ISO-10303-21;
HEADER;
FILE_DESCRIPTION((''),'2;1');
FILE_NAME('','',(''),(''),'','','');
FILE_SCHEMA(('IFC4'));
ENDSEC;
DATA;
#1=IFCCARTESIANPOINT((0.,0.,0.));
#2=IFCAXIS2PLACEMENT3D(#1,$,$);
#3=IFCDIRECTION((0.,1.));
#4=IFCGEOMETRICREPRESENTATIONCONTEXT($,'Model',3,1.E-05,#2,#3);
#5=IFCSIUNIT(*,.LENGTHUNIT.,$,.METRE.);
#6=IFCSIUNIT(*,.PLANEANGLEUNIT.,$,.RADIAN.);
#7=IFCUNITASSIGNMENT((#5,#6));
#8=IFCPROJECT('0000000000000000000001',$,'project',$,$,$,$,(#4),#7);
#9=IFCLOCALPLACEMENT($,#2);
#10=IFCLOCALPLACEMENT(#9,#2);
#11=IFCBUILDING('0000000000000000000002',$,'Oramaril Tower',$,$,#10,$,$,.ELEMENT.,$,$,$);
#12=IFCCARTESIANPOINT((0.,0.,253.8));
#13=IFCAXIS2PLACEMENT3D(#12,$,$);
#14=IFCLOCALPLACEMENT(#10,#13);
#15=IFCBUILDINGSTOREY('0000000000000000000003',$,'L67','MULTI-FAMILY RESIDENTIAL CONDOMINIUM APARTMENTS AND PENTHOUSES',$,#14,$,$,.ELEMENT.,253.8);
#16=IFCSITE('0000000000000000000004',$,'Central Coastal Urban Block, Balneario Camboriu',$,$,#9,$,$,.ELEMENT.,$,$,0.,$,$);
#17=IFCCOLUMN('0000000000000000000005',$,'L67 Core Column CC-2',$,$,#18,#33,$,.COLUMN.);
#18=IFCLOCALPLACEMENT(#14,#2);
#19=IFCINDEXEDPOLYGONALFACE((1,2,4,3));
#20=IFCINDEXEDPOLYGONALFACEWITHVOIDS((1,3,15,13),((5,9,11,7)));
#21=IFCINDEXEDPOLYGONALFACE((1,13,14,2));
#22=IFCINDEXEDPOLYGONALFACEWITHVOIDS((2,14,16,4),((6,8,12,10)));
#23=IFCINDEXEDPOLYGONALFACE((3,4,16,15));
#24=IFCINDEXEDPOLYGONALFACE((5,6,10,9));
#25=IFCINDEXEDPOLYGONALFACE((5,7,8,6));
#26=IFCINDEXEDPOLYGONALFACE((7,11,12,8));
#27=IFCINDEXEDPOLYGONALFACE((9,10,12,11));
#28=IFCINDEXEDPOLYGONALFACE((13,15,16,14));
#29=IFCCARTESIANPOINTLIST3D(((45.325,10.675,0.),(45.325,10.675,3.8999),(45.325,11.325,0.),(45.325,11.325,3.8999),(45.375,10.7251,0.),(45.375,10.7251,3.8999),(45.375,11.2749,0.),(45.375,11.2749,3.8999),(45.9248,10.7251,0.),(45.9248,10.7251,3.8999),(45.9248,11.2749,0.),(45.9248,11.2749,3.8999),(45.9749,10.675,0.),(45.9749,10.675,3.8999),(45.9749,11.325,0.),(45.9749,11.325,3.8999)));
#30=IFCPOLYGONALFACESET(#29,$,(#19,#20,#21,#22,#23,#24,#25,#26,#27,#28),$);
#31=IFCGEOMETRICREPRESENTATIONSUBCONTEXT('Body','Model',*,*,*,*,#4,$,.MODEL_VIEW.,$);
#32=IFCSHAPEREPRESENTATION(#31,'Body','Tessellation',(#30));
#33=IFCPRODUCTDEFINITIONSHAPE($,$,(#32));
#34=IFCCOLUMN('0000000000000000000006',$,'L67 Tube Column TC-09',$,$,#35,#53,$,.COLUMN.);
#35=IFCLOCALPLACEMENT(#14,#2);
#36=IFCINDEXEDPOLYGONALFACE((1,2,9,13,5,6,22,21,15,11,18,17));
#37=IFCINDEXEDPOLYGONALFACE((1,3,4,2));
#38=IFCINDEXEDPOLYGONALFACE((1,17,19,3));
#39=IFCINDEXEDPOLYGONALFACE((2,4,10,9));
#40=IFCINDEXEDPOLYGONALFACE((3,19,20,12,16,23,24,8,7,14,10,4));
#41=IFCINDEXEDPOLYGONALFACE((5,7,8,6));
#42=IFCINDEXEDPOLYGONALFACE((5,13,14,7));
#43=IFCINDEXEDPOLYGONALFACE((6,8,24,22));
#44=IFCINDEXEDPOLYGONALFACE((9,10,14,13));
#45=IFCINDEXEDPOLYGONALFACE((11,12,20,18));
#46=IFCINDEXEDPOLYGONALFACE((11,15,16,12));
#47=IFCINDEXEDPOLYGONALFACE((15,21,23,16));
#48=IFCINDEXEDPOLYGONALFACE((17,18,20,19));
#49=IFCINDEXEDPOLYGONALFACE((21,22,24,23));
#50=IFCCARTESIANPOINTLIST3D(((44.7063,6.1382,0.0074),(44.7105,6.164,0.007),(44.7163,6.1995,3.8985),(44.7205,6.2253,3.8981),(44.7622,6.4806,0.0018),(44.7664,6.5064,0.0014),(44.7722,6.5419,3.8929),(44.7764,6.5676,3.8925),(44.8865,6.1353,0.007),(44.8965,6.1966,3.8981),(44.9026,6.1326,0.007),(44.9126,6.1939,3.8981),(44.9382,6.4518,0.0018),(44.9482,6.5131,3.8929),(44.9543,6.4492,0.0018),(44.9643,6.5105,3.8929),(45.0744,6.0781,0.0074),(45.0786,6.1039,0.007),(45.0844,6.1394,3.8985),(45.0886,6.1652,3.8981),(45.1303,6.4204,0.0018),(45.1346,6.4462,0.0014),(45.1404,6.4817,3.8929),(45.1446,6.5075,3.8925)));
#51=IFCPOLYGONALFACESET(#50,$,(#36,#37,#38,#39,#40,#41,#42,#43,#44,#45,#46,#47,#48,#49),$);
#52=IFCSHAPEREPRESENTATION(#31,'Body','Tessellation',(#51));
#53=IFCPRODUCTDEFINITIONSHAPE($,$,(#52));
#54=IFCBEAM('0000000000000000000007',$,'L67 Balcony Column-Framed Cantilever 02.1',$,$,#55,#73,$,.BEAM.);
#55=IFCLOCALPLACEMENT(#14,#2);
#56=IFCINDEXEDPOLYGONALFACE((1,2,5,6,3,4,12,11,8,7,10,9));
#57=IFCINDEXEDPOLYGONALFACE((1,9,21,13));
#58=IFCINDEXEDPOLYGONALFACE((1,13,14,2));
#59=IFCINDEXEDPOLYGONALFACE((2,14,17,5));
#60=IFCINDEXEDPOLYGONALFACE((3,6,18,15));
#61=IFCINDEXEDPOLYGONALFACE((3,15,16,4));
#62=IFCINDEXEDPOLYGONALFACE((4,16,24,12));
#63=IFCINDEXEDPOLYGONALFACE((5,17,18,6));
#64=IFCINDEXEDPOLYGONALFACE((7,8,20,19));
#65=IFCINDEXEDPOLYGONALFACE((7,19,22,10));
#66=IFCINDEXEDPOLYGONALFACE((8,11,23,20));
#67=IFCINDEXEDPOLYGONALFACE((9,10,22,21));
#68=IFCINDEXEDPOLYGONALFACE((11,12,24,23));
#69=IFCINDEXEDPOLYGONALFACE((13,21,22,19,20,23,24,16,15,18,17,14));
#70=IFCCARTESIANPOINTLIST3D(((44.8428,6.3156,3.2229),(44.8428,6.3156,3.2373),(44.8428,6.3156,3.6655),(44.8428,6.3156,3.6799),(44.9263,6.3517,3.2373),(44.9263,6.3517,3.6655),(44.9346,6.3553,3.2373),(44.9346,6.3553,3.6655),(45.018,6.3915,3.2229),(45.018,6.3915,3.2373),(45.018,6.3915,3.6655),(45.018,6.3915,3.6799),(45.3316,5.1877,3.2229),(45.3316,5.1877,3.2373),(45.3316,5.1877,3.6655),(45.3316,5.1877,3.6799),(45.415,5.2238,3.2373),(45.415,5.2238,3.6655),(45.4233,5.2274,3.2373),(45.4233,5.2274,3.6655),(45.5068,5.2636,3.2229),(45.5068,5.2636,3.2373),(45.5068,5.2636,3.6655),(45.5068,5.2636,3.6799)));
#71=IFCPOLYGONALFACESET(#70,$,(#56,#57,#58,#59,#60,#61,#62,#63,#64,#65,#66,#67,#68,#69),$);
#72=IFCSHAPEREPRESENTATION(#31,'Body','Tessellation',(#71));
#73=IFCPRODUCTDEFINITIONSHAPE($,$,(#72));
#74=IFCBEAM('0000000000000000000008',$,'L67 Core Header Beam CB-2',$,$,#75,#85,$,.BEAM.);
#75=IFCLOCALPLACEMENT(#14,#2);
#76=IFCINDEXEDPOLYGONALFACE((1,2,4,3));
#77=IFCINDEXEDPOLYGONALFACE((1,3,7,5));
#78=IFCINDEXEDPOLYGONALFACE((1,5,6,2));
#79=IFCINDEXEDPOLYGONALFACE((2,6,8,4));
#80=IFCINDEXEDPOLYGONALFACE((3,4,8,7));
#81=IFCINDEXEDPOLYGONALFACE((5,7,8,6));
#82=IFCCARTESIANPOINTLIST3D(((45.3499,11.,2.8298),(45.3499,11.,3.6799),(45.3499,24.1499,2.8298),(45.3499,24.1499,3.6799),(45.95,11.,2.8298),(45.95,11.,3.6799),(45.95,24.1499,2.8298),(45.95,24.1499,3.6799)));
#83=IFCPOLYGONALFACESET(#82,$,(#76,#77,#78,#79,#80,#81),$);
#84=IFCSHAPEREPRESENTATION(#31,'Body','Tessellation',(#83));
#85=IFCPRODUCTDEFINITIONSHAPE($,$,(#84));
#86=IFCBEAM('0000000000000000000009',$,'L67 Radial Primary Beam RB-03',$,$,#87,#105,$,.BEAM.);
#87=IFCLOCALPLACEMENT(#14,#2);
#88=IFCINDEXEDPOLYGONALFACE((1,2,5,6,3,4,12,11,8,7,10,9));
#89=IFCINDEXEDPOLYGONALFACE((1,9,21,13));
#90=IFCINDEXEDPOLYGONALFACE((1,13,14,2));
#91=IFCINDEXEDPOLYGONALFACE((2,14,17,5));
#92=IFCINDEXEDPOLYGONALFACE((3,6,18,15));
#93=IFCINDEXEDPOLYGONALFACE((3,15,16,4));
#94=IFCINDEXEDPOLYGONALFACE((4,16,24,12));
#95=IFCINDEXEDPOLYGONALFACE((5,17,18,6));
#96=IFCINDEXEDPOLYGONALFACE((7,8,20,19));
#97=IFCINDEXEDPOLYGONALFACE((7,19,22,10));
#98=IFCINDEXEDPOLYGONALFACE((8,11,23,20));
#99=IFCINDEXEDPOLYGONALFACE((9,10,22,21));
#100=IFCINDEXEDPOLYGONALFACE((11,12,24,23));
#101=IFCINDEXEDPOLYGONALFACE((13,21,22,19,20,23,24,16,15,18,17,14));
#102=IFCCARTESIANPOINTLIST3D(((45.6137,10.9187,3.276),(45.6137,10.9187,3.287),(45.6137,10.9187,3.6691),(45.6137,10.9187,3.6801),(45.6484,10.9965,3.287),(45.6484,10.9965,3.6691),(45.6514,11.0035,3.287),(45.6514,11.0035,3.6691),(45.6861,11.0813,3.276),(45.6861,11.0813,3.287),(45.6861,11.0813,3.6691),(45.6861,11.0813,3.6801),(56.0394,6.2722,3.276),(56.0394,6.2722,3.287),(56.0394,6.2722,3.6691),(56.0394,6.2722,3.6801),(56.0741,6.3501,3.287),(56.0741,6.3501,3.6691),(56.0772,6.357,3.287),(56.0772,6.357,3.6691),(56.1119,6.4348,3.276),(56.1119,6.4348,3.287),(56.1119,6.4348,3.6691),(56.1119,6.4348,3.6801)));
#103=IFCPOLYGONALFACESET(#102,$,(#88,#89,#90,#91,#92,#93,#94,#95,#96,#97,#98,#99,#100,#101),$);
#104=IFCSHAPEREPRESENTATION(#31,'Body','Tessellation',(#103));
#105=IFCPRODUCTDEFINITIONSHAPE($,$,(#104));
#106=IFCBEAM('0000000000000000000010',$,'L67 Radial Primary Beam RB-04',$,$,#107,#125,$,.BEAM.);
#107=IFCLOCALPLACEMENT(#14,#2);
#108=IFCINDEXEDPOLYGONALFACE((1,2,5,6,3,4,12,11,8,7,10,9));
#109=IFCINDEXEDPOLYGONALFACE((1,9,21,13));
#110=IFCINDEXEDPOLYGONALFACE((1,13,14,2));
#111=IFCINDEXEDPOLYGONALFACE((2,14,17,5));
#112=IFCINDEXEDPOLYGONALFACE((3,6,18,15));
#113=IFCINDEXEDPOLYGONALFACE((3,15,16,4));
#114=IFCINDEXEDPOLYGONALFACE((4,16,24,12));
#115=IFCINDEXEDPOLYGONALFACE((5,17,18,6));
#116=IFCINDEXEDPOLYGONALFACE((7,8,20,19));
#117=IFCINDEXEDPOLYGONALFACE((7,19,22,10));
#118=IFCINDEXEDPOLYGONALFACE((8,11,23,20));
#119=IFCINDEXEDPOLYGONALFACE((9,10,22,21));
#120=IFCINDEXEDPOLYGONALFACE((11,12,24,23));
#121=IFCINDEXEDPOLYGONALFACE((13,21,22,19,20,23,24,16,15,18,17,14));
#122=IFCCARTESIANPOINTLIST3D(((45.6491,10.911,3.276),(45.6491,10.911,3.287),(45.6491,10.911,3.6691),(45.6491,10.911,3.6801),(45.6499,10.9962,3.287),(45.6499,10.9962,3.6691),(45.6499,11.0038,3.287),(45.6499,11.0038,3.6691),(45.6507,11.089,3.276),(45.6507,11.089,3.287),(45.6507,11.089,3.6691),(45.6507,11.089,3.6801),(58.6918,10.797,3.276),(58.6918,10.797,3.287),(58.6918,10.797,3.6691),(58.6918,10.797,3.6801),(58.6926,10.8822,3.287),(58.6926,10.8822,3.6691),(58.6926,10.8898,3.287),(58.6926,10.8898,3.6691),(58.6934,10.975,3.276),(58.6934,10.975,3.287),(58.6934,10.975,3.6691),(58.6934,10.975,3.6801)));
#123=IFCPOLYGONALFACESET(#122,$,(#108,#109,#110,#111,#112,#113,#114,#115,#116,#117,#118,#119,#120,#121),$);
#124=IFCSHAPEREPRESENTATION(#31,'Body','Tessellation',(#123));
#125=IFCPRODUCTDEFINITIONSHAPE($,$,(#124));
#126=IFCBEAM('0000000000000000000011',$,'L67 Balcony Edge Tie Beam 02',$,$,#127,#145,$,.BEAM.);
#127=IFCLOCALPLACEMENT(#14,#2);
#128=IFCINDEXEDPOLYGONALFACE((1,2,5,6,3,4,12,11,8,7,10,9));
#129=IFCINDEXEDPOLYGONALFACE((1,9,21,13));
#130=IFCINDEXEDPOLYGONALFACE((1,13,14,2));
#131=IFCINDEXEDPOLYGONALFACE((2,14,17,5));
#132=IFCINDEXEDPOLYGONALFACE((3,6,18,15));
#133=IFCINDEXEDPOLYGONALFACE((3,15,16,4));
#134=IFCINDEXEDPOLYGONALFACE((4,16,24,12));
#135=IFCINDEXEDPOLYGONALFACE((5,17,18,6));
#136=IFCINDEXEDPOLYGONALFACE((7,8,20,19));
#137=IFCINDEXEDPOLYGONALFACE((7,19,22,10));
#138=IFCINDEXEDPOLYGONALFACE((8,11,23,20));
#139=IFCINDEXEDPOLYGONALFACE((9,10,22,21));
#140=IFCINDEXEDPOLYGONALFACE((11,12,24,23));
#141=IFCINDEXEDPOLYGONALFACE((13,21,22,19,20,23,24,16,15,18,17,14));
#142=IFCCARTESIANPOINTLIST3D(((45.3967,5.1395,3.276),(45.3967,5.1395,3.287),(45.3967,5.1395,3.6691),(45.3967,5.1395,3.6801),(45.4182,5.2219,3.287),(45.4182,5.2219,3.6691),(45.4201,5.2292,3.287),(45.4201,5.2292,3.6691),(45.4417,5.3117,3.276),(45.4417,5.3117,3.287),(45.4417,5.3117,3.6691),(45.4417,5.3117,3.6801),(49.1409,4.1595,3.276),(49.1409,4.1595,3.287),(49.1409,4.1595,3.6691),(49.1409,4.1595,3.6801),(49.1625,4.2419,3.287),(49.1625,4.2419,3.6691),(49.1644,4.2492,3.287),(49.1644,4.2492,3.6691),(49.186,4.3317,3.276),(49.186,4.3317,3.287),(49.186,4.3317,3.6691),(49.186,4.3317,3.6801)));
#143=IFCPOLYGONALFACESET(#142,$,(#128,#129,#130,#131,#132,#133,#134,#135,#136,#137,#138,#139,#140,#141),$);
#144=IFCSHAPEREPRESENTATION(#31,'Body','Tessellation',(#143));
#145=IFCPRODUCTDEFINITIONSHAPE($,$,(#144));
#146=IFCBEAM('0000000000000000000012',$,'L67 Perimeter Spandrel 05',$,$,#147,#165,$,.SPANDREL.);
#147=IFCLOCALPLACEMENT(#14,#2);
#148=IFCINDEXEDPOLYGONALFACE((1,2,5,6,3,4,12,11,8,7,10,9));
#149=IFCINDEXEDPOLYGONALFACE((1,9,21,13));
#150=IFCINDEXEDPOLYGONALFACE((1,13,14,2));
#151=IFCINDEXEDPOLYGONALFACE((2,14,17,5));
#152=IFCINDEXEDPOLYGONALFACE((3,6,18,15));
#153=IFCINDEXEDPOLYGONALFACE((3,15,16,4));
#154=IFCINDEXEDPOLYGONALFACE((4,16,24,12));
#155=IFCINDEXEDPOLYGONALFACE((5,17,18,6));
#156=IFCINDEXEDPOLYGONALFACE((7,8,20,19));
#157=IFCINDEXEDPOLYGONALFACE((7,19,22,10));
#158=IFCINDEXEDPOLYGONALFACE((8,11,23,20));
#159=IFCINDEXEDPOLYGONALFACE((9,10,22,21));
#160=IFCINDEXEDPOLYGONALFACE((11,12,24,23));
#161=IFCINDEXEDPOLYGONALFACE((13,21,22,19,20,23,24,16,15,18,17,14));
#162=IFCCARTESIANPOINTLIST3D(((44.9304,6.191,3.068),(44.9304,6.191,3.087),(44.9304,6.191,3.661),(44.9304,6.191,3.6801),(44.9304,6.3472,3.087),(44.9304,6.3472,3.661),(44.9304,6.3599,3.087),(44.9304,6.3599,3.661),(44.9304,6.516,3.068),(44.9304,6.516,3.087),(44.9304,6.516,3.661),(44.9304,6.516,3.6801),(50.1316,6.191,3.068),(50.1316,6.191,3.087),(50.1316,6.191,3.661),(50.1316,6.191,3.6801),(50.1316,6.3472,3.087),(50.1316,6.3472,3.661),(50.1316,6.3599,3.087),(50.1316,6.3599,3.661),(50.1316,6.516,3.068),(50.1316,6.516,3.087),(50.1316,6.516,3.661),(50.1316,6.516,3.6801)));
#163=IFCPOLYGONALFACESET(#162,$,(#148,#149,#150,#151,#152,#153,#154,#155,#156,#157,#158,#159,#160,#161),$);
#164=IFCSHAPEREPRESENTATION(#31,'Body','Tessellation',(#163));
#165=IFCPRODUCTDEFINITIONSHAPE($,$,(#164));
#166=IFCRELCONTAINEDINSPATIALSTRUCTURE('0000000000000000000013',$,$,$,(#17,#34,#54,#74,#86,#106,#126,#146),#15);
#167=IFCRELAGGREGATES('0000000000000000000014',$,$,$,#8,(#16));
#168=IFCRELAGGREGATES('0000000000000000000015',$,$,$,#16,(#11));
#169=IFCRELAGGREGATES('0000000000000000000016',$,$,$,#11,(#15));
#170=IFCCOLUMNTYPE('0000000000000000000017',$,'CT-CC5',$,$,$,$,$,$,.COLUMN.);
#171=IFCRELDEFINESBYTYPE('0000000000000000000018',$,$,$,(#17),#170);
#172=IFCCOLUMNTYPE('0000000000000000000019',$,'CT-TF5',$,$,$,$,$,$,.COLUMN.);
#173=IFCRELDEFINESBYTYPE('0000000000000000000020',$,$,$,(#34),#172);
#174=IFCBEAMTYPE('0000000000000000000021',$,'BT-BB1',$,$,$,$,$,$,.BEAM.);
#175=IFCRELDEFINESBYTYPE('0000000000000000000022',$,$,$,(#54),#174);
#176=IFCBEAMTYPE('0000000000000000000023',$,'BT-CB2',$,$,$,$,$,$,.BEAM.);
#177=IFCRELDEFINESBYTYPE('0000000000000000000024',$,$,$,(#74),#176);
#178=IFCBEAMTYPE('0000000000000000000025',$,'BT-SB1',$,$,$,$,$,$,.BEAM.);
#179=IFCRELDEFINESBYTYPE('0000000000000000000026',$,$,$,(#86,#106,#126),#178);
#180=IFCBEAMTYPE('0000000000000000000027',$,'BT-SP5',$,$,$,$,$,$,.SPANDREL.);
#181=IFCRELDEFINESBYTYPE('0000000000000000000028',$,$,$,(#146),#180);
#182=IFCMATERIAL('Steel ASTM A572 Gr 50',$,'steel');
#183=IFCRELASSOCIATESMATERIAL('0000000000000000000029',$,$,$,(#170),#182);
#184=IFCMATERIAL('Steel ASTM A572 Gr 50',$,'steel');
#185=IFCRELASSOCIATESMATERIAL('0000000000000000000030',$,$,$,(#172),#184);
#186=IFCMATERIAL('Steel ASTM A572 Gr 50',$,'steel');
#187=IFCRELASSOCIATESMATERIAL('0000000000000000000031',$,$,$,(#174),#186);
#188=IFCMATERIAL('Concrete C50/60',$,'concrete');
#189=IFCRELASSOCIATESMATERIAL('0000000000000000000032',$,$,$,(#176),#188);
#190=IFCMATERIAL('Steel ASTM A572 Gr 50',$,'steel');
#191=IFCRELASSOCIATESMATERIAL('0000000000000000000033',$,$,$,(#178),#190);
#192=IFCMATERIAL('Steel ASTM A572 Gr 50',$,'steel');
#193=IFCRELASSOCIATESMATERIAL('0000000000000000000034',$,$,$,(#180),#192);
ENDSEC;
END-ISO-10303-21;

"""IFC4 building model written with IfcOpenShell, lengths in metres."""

from ifc_helpers import new_model, si_unit, direction, frame, origin, origin_2d, place, context, subcontext, project, spatial, rectangle, hollow_rectangle, i_section, extrude, material, material_profile, profile_set, type_object, element, save


model = new_model("IFC4")

# Units and contexts
model_context = context("Model", 3, precision=1e-05, world=origin(), true_north=direction((0.0, 1.0)))
body_context = subcontext(model_context, "Body", "Model", "MODEL_VIEW")
ifc_project = project(units=[si_unit("LENGTHUNIT", "METRE"), si_unit("PLANEANGLEUNIT", "RADIAN")], contexts=[model_context])

# Site, building, storey
site_placement = place(None, origin())
site = spatial("IfcSite", under=ifc_project, at=site_placement, Name="Central Coastal Urban Block, Balneario Camboriu", CompositionType="ELEMENT", RefElevation=0.0)
building_placement = place(site_placement, origin())
building = spatial("IfcBuilding", under=site, at=building_placement, Name="Oramaril Tower", CompositionType="ELEMENT")
storey_placement = place(building_placement, frame((0.0, 0.0, 253.8)))
storey = spatial("IfcBuildingStorey", under=building, at=storey_placement, Name="L67", Description="MULTI-FAMILY RESIDENTIAL CONDOMINIUM APARTMENTS AND PENTHOUSES", CompositionType="ELEMENT", Elevation=253.8)

# Columns
ifc_material_1 = material(Name="Steel ASTM A572 Gr 50", Category="steel")
ifc_material_profile_1 = material_profile(ifc_material_1, hollow_rectangle(XDim=0.6499, YDim=0.6499, WallThickness=0.05, at=origin_2d()), Name="BOX650X650X50")
ifc_profile_set_1 = profile_set([ifc_material_profile_1], Name="Steel ASTM A572 Gr 50")
column_type_1 = type_object("IfcColumnType", Name="CT-CC5", PredefinedType="COLUMN", material=ifc_profile_set_1)
column_1_placement = place(storey_placement, frame((45.6499, 11.0, 0.0), z_axis=(0.0, 0.0, 1.0), x_axis=(1.0, 0.0, 0.0)))
element("IfcColumn", 1, at=column_1_placement, inside=storey, type_object=column_type_1, Name="L67 Core Column CC-2", PredefinedType="COLUMN", context=body_context, shape_type="SweptSolid", body=[
    extrude(hollow_rectangle(XDim=0.6499, YDim=0.6499, WallThickness=0.05, at=origin_2d()), origin(), (0.0, 0.0, 1.0), 3.8999),
])
ifc_material_2 = material(Name="Steel ASTM A572 Gr 50", Category="steel")
ifc_material_profile_2 = material_profile(ifc_material_2, i_section(OverallWidth=0.373, OverallDepth=0.373, WebThickness=0.0164, FlangeThickness=0.0261, at=origin_2d()), Name="W14X132")
ifc_profile_set_2 = profile_set([ifc_material_profile_2], Name="Steel ASTM A572 Gr 50")
column_type_2 = type_object("IfcColumnType", Name="CT-TF5", PredefinedType="COLUMN", material=ifc_profile_set_2)
column_2_placement = place(storey_placement, frame((44.9204, 6.2922, 0.0044), z_axis=(0.002572, 0.015747, 0.999873), x_axis=(-0.98692, 0.16121, 0.0)))
element("IfcColumn", 2, at=column_2_placement, inside=storey, type_object=column_type_2, Name="L67 Tube Column TC-09", PredefinedType="COLUMN", context=body_context, shape_type="SweptSolid", body=[
    extrude(i_section(OverallWidth=0.373, OverallDepth=0.373, WebThickness=0.0164, FlangeThickness=0.0261, at=origin_2d()), origin(), (0.0, 0.0, 1.0), 3.8916),
])

# Beams
ifc_material_3 = material(Name="Steel ASTM A572 Gr 50", Category="steel")
ifc_material_profile_3 = material_profile(ifc_material_3, i_section(OverallWidth=0.1909, OverallDepth=0.457, WebThickness=0.009, FlangeThickness=0.0144, at=origin_2d()), Name="W18X50")
ifc_profile_set_3 = profile_set([ifc_material_profile_3], Name="Steel ASTM A572 Gr 50")
beam_type_1 = type_object("IfcBeamType", Name="BT-BB1", PredefinedType="BEAM", material=ifc_profile_set_3)
beam_1_placement = place(storey_placement, frame((44.9304, 6.3535, 3.4514), z_axis=(0.397607, -0.917556, 0.0), x_axis=(0.917556, 0.397607, 0.0)))
element("IfcBeam", 3, at=beam_1_placement, inside=storey, type_object=beam_type_1, Name="L67 Balcony Column-Framed Cantilever 02.1", PredefinedType="BEAM", context=body_context, shape_type="SweptSolid", body=[
    extrude(i_section(OverallWidth=0.1909, OverallDepth=0.457, WebThickness=0.009, FlangeThickness=0.0144, at=origin_2d()), origin(), (0.0, 0.0, 1.0), 1.2292),
])
ifc_material_4 = material(Name="Concrete C50/60", Category="concrete")
ifc_material_profile_4 = material_profile(ifc_material_4, rectangle(XDim=0.6001, YDim=0.8501, at=origin_2d()), Name="CB600X850")
ifc_profile_set_4 = profile_set([ifc_material_profile_4], Name="Concrete C50/60")
beam_type_2 = type_object("IfcBeamType", Name="BT-CB2", PredefinedType="BEAM", material=ifc_profile_set_4)
beam_2_placement = place(storey_placement, frame((45.6499, 11.0, 3.2549), z_axis=(0.0, 1.0, 0.0), x_axis=(-1.0, 0.0, 0.0)))
element("IfcBeam", 4, at=beam_2_placement, inside=storey, type_object=beam_type_2, Name="L67 Core Header Beam CB-2", PredefinedType="BEAM", context=body_context, shape_type="SweptSolid", body=[
    extrude(rectangle(XDim=0.6001, YDim=0.8501, at=origin_2d()), origin(), (0.0, 0.0, 1.0), 13.1499),
])
ifc_material_5 = material(Name="Steel ASTM A572 Gr 50", Category="steel")
ifc_material_profile_5 = material_profile(ifc_material_5, i_section(OverallWidth=0.178, OverallDepth=0.4041, WebThickness=0.0076, FlangeThickness=0.011, at=origin_2d()), Name="W16X36")
ifc_profile_set_5 = profile_set([ifc_material_profile_5], Name="Steel ASTM A572 Gr 50")
beam_type_3 = type_object("IfcBeamType", Name="BT-SB1", PredefinedType="BEAM", material=ifc_profile_set_5)
beam_3_placement = place(storey_placement, frame((45.6499, 11.0, 3.478), z_axis=(0.913395, -0.407075, 0.0), x_axis=(0.407075, 0.913395, 0.0)))
element("IfcBeam", 5, at=beam_3_placement, inside=storey, type_object=beam_type_3, Name="L67 Radial Primary Beam RB-03", PredefinedType="BEAM", context=body_context, shape_type="SweptSolid", body=[
    extrude(i_section(OverallWidth=0.178, OverallDepth=0.4041, WebThickness=0.0076, FlangeThickness=0.011, at=origin_2d()), origin(), (0.0, 0.0, 1.0), 11.4143),
])
beam_4_placement = place(storey_placement, frame((45.6499, 11.0, 3.478), z_axis=(0.999962, -0.008741, 0.0), x_axis=(0.008741, 0.999962, 0.0)))
element("IfcBeam", 6, at=beam_4_placement, inside=storey, type_object=beam_type_3, Name="L67 Radial Primary Beam RB-04", PredefinedType="BEAM", context=body_context, shape_type="SweptSolid", body=[
    extrude(i_section(OverallWidth=0.178, OverallDepth=0.4041, WebThickness=0.0076, FlangeThickness=0.011, at=origin_2d()), origin(), (0.0, 0.0, 1.0), 13.0432),
])
beam_5_placement = place(storey_placement, frame((45.4192, 5.2256, 3.478), z_axis=(0.967412, -0.253208, 0.0), x_axis=(0.253208, 0.967412, 0.0)))
element("IfcBeam", 7, at=beam_5_placement, inside=storey, type_object=beam_type_3, Name="L67 Balcony Edge Tie Beam 02", PredefinedType="BEAM", context=body_context, shape_type="SweptSolid", body=[
    extrude(i_section(OverallWidth=0.178, OverallDepth=0.4041, WebThickness=0.0076, FlangeThickness=0.011, at=origin_2d()), origin(), (0.0, 0.0, 1.0), 3.8704),
])
ifc_material_6 = material(Name="Steel ASTM A572 Gr 50", Category="steel")
ifc_material_profile_6 = material_profile(ifc_material_6, i_section(OverallWidth=0.325, OverallDepth=0.6121, WebThickness=0.0127, FlangeThickness=0.019, at=origin_2d()), Name="W24X104")
ifc_profile_set_6 = profile_set([ifc_material_profile_6], Name="Steel ASTM A572 Gr 50")
beam_type_4 = type_object("IfcBeamType", Name="BT-SP5", PredefinedType="SPANDREL", material=ifc_profile_set_6)
beam_6_placement = place(storey_placement, frame((44.9304, 6.3535, 3.374), z_axis=(1.0, 0.0, 0.0), x_axis=(0.0, 1.0, 0.0)))
element("IfcBeam", 8, at=beam_6_placement, inside=storey, type_object=beam_type_4, Name="L67 Perimeter Spandrel 05", PredefinedType="SPANDREL", context=body_context, shape_type="SweptSolid", body=[
    extrude(i_section(OverallWidth=0.325, OverallDepth=0.6121, WebThickness=0.0127, FlangeThickness=0.019, at=origin_2d()), origin(), (0.0, 0.0, 1.0), 5.2012),
])

save(model, "model.ifc")
